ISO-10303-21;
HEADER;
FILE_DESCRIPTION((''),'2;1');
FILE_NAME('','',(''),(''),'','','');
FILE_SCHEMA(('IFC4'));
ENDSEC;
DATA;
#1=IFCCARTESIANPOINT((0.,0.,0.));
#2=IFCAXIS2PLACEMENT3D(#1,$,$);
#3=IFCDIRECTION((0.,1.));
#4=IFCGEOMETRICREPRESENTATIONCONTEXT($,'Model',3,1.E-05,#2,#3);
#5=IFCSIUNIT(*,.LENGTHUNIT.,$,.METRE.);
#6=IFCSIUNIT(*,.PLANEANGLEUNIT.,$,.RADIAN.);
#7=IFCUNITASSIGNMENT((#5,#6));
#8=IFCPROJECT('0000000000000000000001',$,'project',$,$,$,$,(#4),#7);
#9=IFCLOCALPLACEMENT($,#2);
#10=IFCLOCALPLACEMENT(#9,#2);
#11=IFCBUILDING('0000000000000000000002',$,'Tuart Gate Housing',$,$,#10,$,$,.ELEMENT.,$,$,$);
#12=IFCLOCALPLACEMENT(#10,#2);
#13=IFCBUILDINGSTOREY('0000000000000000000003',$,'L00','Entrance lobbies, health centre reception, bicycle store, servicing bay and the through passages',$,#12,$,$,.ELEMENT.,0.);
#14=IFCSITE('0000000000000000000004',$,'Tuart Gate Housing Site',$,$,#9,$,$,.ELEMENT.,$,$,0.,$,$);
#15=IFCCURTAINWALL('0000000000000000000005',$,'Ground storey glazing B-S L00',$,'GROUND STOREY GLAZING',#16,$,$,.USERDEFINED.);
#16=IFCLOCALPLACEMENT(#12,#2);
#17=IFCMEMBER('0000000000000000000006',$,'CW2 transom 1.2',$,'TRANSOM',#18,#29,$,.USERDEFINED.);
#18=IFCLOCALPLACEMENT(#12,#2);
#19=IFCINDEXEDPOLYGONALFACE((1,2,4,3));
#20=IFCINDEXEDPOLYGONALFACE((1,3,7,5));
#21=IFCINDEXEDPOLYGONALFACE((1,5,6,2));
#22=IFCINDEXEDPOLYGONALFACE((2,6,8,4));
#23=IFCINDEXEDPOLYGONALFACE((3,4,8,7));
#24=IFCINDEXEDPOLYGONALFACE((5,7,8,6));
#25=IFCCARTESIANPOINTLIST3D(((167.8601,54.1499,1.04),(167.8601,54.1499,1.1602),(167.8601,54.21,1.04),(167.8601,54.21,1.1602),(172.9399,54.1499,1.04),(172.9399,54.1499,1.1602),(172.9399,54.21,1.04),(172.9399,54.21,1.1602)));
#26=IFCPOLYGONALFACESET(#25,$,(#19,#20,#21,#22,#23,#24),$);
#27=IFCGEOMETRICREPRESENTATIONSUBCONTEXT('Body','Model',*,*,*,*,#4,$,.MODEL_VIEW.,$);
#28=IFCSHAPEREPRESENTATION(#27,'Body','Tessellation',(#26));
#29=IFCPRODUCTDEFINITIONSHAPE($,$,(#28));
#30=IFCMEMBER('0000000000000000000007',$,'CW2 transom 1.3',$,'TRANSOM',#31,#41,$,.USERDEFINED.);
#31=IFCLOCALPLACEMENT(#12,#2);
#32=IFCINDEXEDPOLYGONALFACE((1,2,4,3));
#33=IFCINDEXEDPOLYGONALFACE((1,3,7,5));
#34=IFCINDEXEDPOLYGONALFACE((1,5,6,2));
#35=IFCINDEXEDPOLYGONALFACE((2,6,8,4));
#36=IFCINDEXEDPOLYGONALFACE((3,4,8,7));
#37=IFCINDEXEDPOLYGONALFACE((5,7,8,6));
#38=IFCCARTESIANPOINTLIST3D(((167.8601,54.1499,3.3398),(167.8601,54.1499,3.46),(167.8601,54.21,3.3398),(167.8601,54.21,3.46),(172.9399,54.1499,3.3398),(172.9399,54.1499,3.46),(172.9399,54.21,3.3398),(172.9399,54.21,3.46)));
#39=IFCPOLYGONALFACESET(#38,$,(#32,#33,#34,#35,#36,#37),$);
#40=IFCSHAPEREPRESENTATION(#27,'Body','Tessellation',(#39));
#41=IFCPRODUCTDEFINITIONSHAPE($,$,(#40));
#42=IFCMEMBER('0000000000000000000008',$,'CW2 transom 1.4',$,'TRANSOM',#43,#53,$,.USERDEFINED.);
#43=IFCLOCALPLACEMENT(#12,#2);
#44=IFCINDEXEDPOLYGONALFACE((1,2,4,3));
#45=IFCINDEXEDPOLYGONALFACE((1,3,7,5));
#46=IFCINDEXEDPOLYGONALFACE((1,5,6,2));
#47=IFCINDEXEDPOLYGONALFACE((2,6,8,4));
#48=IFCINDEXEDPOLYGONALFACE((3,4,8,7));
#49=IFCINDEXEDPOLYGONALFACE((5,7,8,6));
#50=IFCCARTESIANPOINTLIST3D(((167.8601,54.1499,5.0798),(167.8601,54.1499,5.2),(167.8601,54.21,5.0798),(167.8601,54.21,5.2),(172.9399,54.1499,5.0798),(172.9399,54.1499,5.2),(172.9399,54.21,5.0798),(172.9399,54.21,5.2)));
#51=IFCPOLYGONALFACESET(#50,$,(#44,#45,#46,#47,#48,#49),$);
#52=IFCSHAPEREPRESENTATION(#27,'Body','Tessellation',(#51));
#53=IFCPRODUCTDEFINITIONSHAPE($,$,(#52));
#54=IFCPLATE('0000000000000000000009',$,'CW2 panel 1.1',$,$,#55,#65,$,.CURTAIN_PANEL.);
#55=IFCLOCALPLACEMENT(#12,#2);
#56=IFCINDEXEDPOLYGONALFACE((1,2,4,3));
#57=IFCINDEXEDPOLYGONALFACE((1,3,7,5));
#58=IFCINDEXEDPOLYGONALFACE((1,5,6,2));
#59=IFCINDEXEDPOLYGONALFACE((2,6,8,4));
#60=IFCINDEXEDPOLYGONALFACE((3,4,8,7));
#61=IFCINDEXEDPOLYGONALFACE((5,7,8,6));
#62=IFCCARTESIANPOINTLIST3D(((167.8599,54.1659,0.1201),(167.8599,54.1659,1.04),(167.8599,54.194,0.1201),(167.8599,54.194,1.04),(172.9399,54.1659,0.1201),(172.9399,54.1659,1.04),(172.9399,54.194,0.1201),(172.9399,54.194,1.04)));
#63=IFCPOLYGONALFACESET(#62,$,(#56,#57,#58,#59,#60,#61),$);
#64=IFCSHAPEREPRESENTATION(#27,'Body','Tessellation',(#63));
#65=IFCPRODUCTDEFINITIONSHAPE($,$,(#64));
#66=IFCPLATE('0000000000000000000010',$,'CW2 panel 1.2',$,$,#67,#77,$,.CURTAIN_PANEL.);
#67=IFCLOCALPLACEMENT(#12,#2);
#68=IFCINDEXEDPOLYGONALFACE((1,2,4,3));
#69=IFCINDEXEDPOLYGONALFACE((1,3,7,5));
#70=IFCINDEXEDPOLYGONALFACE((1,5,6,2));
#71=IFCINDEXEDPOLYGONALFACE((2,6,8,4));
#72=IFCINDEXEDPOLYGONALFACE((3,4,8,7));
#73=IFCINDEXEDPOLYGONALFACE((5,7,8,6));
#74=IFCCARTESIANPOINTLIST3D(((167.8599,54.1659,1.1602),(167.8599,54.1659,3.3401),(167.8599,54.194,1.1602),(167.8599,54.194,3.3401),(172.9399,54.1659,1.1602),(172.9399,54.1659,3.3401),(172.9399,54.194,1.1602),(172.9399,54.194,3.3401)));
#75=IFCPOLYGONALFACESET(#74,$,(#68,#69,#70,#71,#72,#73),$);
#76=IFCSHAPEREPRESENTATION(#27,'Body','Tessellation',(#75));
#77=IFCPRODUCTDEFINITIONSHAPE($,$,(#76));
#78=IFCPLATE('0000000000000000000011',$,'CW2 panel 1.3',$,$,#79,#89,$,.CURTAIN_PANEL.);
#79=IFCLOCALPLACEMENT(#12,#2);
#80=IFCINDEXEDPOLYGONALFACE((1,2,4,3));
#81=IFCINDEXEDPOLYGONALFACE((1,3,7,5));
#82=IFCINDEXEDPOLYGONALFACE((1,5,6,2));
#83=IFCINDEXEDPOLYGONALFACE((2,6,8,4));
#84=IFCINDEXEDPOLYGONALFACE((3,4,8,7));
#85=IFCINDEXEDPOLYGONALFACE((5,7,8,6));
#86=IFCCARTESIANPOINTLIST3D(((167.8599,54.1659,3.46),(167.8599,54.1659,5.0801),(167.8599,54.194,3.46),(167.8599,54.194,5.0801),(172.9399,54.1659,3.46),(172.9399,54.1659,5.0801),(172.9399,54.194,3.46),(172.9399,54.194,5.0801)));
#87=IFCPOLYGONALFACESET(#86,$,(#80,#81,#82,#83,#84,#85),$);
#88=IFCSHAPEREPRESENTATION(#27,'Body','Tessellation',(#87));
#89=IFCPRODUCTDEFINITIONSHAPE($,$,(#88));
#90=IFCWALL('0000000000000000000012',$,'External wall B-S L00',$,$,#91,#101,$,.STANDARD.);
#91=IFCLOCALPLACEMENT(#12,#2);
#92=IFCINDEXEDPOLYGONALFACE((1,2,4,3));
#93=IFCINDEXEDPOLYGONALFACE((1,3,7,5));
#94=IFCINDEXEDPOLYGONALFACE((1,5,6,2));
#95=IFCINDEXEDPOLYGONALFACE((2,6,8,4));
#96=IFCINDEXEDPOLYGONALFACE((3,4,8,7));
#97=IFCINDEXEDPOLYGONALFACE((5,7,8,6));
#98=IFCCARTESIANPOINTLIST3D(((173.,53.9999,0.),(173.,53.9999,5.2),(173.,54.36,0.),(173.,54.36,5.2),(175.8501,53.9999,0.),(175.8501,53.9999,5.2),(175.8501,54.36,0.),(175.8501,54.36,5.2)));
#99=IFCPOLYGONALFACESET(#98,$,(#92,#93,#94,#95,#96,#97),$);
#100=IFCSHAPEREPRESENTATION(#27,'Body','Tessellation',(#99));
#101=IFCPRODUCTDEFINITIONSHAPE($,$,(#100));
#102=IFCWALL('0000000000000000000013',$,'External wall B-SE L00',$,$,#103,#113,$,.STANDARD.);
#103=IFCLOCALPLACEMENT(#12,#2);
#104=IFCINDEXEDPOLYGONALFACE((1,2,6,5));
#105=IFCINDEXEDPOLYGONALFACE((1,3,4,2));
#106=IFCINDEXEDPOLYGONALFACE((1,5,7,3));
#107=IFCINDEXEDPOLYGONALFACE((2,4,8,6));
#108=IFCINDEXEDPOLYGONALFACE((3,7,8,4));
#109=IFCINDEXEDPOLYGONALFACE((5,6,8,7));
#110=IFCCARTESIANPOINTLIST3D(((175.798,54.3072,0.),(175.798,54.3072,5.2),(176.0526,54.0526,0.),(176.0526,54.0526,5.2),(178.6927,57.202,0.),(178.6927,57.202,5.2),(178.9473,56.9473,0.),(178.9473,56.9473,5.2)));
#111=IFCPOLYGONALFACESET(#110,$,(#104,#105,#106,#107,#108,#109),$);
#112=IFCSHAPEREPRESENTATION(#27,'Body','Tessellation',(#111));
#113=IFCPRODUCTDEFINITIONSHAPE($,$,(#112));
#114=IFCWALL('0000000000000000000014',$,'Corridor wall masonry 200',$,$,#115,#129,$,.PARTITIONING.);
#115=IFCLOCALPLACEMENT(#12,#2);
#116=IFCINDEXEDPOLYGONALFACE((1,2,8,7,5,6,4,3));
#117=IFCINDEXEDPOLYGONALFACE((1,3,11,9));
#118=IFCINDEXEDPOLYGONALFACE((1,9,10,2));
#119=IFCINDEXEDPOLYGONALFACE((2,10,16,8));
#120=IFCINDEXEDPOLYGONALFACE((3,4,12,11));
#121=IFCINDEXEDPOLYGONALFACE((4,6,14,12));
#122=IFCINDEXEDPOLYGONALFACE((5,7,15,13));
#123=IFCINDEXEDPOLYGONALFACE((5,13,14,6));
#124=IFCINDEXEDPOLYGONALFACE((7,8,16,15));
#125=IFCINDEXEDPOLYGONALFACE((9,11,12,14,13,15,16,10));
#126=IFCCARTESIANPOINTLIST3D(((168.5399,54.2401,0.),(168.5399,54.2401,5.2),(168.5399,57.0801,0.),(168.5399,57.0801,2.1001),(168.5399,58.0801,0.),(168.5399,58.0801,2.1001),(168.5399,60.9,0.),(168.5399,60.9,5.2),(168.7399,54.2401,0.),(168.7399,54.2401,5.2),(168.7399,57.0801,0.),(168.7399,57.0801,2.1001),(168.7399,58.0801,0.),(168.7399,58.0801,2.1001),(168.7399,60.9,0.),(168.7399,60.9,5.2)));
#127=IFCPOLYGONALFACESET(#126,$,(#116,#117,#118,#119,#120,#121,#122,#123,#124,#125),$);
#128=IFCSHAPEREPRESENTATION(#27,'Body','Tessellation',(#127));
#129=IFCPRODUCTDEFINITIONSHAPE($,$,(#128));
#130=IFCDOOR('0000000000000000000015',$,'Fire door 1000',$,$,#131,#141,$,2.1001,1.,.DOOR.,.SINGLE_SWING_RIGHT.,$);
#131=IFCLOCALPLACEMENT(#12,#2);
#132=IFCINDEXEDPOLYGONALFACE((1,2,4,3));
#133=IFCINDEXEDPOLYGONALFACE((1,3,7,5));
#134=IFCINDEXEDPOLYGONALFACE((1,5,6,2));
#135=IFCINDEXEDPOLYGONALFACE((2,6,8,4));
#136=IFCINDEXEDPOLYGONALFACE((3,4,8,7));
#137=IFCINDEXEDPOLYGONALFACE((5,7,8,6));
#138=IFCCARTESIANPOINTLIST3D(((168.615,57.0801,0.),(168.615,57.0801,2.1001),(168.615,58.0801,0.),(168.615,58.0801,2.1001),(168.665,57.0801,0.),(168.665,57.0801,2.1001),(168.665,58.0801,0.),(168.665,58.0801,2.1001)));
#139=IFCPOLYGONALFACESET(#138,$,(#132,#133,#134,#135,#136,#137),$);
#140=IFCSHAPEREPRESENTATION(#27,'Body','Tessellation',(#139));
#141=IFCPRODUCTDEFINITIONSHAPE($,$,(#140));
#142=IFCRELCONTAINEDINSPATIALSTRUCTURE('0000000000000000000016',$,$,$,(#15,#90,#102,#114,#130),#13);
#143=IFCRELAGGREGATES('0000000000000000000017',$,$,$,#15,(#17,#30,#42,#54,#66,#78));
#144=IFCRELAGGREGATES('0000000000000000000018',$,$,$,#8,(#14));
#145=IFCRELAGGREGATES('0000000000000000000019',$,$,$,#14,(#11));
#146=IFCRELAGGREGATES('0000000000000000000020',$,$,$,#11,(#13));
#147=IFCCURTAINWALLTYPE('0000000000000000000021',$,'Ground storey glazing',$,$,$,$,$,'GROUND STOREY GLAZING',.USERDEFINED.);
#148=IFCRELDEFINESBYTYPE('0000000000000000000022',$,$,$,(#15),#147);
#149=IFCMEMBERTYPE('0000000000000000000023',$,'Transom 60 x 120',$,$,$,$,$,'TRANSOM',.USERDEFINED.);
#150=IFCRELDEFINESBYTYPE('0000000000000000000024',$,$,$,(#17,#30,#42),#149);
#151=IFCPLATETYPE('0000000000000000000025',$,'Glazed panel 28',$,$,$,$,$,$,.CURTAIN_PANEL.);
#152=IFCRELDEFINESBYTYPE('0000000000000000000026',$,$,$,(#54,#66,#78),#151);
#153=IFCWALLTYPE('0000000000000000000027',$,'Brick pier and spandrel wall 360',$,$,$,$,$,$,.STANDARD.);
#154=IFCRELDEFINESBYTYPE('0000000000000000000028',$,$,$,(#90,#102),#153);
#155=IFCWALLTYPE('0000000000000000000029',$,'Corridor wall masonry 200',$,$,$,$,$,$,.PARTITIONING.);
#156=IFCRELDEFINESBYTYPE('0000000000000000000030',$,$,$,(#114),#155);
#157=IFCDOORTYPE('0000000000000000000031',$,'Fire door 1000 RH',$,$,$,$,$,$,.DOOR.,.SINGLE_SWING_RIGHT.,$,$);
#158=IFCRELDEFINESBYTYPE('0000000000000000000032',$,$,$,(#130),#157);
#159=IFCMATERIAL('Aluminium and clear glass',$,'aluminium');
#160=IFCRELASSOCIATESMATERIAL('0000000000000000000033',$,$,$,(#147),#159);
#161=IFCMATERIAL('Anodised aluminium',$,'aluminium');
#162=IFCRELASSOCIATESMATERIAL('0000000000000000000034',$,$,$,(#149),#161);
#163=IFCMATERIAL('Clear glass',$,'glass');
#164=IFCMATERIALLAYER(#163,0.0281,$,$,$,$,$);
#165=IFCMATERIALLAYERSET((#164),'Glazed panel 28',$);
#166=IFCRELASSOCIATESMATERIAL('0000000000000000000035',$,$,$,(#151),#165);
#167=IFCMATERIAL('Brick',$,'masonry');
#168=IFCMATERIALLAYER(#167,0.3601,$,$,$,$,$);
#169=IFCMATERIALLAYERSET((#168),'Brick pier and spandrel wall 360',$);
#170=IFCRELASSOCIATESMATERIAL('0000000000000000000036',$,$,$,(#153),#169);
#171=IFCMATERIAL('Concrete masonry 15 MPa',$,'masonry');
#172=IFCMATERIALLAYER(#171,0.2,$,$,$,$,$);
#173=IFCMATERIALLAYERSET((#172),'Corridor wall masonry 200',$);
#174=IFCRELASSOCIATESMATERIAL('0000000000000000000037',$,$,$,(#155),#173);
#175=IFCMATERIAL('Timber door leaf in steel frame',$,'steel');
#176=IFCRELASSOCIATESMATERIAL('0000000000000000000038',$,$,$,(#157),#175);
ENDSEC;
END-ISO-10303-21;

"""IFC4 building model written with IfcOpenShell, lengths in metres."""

from ifc_helpers import new_model, si_unit, direction, frame, frame_2d, origin, origin_2d, place, context, subcontext, project, spatial, rectangle, extrude, material, layer, layer_set, material_profile, profile_set, type_object, element, fill, aggregate, save


model = new_model("IFC4")

# Units and contexts
model_context = context("Model", 3, precision=1e-05, world=origin(), true_north=direction((0.0, 1.0)))
body_context = subcontext(model_context, "Body", "Model", "MODEL_VIEW")
ifc_project = project(units=[si_unit("LENGTHUNIT", "METRE"), si_unit("PLANEANGLEUNIT", "RADIAN")], contexts=[model_context])

# Site, building, storey
site_placement = place(None, origin())
site = spatial("IfcSite", under=ifc_project, at=site_placement, Name="Tuart Gate Housing Site", CompositionType="ELEMENT", RefElevation=0.0)
building_placement = place(site_placement, origin())
building = spatial("IfcBuilding", under=site, at=building_placement, Name="Tuart Gate Housing", CompositionType="ELEMENT")
storey_placement = place(building_placement, origin())
storey = spatial("IfcBuildingStorey", under=building, at=storey_placement, Name="L00", Description="Entrance lobbies, health centre reception, bicycle store, servicing bay and the through passages", CompositionType="ELEMENT", Elevation=0.0)

# Curtain wall, members, plates
ifc_material_1 = material(Name="Aluminium and clear glass", Category="aluminium")
curtain_wall_type = type_object("IfcCurtainWallType", Name="Ground storey glazing", ElementType="GROUND STOREY GLAZING", PredefinedType="USERDEFINED", material=ifc_material_1)
curtain_wall_placement = place(storey_placement, origin())
curtain_wall = element("IfcCurtainWall", 1, at=curtain_wall_placement, inside=storey, type_object=curtain_wall_type, Name="Ground storey glazing B-S L00", ObjectType="GROUND STOREY GLAZING", PredefinedType="USERDEFINED")
ifc_material_2 = material(Name="Anodised aluminium", Category="aluminium")
ifc_material_profile_1 = material_profile(ifc_material_2, rectangle(XDim=0.0601, YDim=0.1201, at=origin_2d()), Name="60x120")
ifc_profile_set_1 = profile_set([ifc_material_profile_1], Name="Anodised aluminium")
member_type_1 = type_object("IfcMemberType", Name="Transom 60 x 120", ElementType="TRANSOM", PredefinedType="USERDEFINED", material=ifc_profile_set_1)
member_1_placement = place(storey_placement, frame((167.8601, 54.1799, 1.1001), z_axis=(1.0, 0.0, 0.0), x_axis=(0.0, 1.0, 0.0)))
member_1 = element("IfcMember", 2, at=member_1_placement, type_object=member_type_1, Name="CW2 transom 1.2", ObjectType="TRANSOM", PredefinedType="USERDEFINED", context=body_context, shape_type="SweptSolid", body=[
    extrude(rectangle(XDim=0.0601, YDim=0.1201, at=origin_2d()), origin(), (0.0, 0.0, 1.0), 5.0798),
])
member_2_placement = place(storey_placement, frame((167.8601, 54.1799, 3.3999), z_axis=(1.0, 0.0, 0.0), x_axis=(0.0, 1.0, 0.0)))
member_2 = element("IfcMember", 3, at=member_2_placement, type_object=member_type_1, Name="CW2 transom 1.3", ObjectType="TRANSOM", PredefinedType="USERDEFINED", context=body_context, shape_type="SweptSolid", body=[
    extrude(rectangle(XDim=0.0601, YDim=0.1201, at=origin_2d()), origin(), (0.0, 0.0, 1.0), 5.0798),
])
member_3_placement = place(storey_placement, frame((167.8601, 54.1799, 5.1399), z_axis=(1.0, 0.0, 0.0), x_axis=(0.0, 1.0, 0.0)))
member_3 = element("IfcMember", 4, at=member_3_placement, type_object=member_type_1, Name="CW2 transom 1.4", ObjectType="TRANSOM", PredefinedType="USERDEFINED", context=body_context, shape_type="SweptSolid", body=[
    extrude(rectangle(XDim=0.0601, YDim=0.1201, at=origin_2d()), origin(), (0.0, 0.0, 1.0), 5.0798),
])
ifc_material_3 = material(Name="Clear glass", Category="glass")
ifc_layer_1 = layer(ifc_material_3, 0.0281)
ifc_layer_set_1 = layer_set([ifc_layer_1], Name="Glazed panel 28")
plate_type = type_object("IfcPlateType", Name="Glazed panel 28", PredefinedType="CURTAIN_PANEL", material=ifc_layer_set_1)
plate_1_placement = place(storey_placement, frame((170.3999, 54.1799, 0.1201), z_axis=(0.0, 0.0, 1.0), x_axis=(1.0, 0.0, 0.0)))
plate_1 = element("IfcPlate", 5, at=plate_1_placement, type_object=plate_type, Name="CW2 panel 1.1", PredefinedType="CURTAIN_PANEL", context=body_context, shape_type="SweptSolid", body=[
    extrude(rectangle(XDim=5.0801, YDim=0.0281, at=origin_2d()), origin(), (0.0, 0.0, 1.0), 0.9199),
])
plate_2_placement = place(storey_placement, frame((170.3999, 54.1799, 1.1602), z_axis=(0.0, 0.0, 1.0), x_axis=(1.0, 0.0, 0.0)))
plate_2 = element("IfcPlate", 6, at=plate_2_placement, type_object=plate_type, Name="CW2 panel 1.2", PredefinedType="CURTAIN_PANEL", context=body_context, shape_type="SweptSolid", body=[
    extrude(rectangle(XDim=5.0801, YDim=0.0281, at=origin_2d()), origin(), (0.0, 0.0, 1.0), 2.1799),
])
plate_3_placement = place(storey_placement, frame((170.3999, 54.1799, 3.46), z_axis=(0.0, 0.0, 1.0), x_axis=(1.0, 0.0, 0.0)))
plate_3 = element("IfcPlate", 7, at=plate_3_placement, type_object=plate_type, Name="CW2 panel 1.3", PredefinedType="CURTAIN_PANEL", context=body_context, shape_type="SweptSolid", body=[
    extrude(rectangle(XDim=5.0801, YDim=0.0281, at=origin_2d()), origin(), (0.0, 0.0, 1.0), 1.6201),
])
aggregate(curtain_wall, [member_1, member_2, member_3, plate_1, plate_2, plate_3])

# Walls
ifc_material_4 = material(Name="Brick", Category="masonry")
ifc_layer_2 = layer(ifc_material_4, 0.3601)
ifc_layer_set_2 = layer_set([ifc_layer_2], Name="Brick pier and spandrel wall 360")
wall_type_1 = type_object("IfcWallType", Name="Brick pier and spandrel wall 360", PredefinedType="STANDARD", material=ifc_layer_set_2)
wall_1_placement = place(storey_placement, frame((173.0, 54.1799, 0.0), z_axis=(0.0, 0.0, 1.0), x_axis=(1.0, 0.0, 0.0)))
element("IfcWall", 8, at=wall_1_placement, inside=storey, type_object=wall_type_1, Name="External wall B-S L00", PredefinedType="STANDARD", context=body_context, shape_type="SweptSolid", body=[
    extrude(rectangle(XDim=2.8501, YDim=0.3601, at=frame_2d((1.425, 0.0))), origin(), (0.0, 0.0, 1.0), 5.2),
])
wall_2_placement = place(storey_placement, frame((175.9253, 54.1799, 0.0), z_axis=(0.0, 0.0, 1.0), x_axis=(0.707107, 0.707107, 0.0)))
element("IfcWall", 9, at=wall_2_placement, inside=storey, type_object=wall_type_1, Name="External wall B-SE L00", PredefinedType="STANDARD", context=body_context, shape_type="SweptSolid", body=[
    extrude(rectangle(XDim=4.0938, YDim=0.3601, at=frame_2d((2.0469, 0.0))), origin(), (0.0, 0.0, 1.0), 5.2),
])

# Wall, opening, door
ifc_material_5 = material(Name="Concrete masonry 15 MPa", Category="masonry")
ifc_layer_3 = layer(ifc_material_5, 0.2)
ifc_layer_set_3 = layer_set([ifc_layer_3], Name="Corridor wall masonry 200")
wall_type_2 = type_object("IfcWallType", Name="Corridor wall masonry 200", PredefinedType="PARTITIONING", material=ifc_layer_set_3)
wall_3_placement = place(storey_placement, frame((168.6399, 54.24, 0.0), z_axis=(0.0, 0.0, 1.0), x_axis=(0.0, 1.0, 0.0)))
wall_3 = element("IfcWall", 10, at=wall_3_placement, inside=storey, type_object=wall_type_2, Name="Corridor wall masonry 200", PredefinedType="PARTITIONING", context=body_context, shape_type="SweptSolid", body=[
    extrude(rectangle(XDim=6.6599, YDim=0.2, at=frame_2d((3.3301, 0.0))), origin(), (0.0, 0.0, 1.0), 5.2),
])
opening_1_placement = place(wall_3_placement, frame((2.8401, 0.0, 0.0)))
opening_1 = element("IfcOpeningElement", 11, at=opening_1_placement, cuts=wall_3, PredefinedType="OPENING", context=body_context, shape_type="SweptSolid", body=[
    extrude(rectangle(XDim=1.0, YDim=2.1001, at=frame_2d((0.5, 1.05))), frame((0.0, 0.1099, 0.0), z_axis=(0.0, -1.0, 0.0), x_axis=(1.0, 0.0, 0.0)), (0.0, 0.0, 1.0), 0.22),
])
ifc_material_6 = material(Name="Timber door leaf in steel frame", Category="steel")
door_type = type_object("IfcDoorType", Name="Fire door 1000 RH", OperationType="SINGLE_SWING_RIGHT", PredefinedType="DOOR", material=ifc_material_6)
door_1_placement = place(opening_1_placement, origin())
door_1 = element("IfcDoor", 12, at=door_1_placement, inside=storey, type_object=door_type, Name="Fire door 1000", OperationType="SINGLE_SWING_RIGHT", OverallHeight=2.1001, OverallWidth=1.0, PredefinedType="DOOR", context=body_context, shape_type="SweptSolid", body=[
    extrude(rectangle(XDim=1.0, YDim=2.1001, at=frame_2d((0.5, 1.05))), frame((0.0, 0.0249, 0.0), z_axis=(0.0, -1.0, 0.0), x_axis=(1.0, 0.0, 0.0)), (0.0, 0.0, 1.0), 0.05),
])
fill(opening_1, door_1)

save(model, "model.ifc")
